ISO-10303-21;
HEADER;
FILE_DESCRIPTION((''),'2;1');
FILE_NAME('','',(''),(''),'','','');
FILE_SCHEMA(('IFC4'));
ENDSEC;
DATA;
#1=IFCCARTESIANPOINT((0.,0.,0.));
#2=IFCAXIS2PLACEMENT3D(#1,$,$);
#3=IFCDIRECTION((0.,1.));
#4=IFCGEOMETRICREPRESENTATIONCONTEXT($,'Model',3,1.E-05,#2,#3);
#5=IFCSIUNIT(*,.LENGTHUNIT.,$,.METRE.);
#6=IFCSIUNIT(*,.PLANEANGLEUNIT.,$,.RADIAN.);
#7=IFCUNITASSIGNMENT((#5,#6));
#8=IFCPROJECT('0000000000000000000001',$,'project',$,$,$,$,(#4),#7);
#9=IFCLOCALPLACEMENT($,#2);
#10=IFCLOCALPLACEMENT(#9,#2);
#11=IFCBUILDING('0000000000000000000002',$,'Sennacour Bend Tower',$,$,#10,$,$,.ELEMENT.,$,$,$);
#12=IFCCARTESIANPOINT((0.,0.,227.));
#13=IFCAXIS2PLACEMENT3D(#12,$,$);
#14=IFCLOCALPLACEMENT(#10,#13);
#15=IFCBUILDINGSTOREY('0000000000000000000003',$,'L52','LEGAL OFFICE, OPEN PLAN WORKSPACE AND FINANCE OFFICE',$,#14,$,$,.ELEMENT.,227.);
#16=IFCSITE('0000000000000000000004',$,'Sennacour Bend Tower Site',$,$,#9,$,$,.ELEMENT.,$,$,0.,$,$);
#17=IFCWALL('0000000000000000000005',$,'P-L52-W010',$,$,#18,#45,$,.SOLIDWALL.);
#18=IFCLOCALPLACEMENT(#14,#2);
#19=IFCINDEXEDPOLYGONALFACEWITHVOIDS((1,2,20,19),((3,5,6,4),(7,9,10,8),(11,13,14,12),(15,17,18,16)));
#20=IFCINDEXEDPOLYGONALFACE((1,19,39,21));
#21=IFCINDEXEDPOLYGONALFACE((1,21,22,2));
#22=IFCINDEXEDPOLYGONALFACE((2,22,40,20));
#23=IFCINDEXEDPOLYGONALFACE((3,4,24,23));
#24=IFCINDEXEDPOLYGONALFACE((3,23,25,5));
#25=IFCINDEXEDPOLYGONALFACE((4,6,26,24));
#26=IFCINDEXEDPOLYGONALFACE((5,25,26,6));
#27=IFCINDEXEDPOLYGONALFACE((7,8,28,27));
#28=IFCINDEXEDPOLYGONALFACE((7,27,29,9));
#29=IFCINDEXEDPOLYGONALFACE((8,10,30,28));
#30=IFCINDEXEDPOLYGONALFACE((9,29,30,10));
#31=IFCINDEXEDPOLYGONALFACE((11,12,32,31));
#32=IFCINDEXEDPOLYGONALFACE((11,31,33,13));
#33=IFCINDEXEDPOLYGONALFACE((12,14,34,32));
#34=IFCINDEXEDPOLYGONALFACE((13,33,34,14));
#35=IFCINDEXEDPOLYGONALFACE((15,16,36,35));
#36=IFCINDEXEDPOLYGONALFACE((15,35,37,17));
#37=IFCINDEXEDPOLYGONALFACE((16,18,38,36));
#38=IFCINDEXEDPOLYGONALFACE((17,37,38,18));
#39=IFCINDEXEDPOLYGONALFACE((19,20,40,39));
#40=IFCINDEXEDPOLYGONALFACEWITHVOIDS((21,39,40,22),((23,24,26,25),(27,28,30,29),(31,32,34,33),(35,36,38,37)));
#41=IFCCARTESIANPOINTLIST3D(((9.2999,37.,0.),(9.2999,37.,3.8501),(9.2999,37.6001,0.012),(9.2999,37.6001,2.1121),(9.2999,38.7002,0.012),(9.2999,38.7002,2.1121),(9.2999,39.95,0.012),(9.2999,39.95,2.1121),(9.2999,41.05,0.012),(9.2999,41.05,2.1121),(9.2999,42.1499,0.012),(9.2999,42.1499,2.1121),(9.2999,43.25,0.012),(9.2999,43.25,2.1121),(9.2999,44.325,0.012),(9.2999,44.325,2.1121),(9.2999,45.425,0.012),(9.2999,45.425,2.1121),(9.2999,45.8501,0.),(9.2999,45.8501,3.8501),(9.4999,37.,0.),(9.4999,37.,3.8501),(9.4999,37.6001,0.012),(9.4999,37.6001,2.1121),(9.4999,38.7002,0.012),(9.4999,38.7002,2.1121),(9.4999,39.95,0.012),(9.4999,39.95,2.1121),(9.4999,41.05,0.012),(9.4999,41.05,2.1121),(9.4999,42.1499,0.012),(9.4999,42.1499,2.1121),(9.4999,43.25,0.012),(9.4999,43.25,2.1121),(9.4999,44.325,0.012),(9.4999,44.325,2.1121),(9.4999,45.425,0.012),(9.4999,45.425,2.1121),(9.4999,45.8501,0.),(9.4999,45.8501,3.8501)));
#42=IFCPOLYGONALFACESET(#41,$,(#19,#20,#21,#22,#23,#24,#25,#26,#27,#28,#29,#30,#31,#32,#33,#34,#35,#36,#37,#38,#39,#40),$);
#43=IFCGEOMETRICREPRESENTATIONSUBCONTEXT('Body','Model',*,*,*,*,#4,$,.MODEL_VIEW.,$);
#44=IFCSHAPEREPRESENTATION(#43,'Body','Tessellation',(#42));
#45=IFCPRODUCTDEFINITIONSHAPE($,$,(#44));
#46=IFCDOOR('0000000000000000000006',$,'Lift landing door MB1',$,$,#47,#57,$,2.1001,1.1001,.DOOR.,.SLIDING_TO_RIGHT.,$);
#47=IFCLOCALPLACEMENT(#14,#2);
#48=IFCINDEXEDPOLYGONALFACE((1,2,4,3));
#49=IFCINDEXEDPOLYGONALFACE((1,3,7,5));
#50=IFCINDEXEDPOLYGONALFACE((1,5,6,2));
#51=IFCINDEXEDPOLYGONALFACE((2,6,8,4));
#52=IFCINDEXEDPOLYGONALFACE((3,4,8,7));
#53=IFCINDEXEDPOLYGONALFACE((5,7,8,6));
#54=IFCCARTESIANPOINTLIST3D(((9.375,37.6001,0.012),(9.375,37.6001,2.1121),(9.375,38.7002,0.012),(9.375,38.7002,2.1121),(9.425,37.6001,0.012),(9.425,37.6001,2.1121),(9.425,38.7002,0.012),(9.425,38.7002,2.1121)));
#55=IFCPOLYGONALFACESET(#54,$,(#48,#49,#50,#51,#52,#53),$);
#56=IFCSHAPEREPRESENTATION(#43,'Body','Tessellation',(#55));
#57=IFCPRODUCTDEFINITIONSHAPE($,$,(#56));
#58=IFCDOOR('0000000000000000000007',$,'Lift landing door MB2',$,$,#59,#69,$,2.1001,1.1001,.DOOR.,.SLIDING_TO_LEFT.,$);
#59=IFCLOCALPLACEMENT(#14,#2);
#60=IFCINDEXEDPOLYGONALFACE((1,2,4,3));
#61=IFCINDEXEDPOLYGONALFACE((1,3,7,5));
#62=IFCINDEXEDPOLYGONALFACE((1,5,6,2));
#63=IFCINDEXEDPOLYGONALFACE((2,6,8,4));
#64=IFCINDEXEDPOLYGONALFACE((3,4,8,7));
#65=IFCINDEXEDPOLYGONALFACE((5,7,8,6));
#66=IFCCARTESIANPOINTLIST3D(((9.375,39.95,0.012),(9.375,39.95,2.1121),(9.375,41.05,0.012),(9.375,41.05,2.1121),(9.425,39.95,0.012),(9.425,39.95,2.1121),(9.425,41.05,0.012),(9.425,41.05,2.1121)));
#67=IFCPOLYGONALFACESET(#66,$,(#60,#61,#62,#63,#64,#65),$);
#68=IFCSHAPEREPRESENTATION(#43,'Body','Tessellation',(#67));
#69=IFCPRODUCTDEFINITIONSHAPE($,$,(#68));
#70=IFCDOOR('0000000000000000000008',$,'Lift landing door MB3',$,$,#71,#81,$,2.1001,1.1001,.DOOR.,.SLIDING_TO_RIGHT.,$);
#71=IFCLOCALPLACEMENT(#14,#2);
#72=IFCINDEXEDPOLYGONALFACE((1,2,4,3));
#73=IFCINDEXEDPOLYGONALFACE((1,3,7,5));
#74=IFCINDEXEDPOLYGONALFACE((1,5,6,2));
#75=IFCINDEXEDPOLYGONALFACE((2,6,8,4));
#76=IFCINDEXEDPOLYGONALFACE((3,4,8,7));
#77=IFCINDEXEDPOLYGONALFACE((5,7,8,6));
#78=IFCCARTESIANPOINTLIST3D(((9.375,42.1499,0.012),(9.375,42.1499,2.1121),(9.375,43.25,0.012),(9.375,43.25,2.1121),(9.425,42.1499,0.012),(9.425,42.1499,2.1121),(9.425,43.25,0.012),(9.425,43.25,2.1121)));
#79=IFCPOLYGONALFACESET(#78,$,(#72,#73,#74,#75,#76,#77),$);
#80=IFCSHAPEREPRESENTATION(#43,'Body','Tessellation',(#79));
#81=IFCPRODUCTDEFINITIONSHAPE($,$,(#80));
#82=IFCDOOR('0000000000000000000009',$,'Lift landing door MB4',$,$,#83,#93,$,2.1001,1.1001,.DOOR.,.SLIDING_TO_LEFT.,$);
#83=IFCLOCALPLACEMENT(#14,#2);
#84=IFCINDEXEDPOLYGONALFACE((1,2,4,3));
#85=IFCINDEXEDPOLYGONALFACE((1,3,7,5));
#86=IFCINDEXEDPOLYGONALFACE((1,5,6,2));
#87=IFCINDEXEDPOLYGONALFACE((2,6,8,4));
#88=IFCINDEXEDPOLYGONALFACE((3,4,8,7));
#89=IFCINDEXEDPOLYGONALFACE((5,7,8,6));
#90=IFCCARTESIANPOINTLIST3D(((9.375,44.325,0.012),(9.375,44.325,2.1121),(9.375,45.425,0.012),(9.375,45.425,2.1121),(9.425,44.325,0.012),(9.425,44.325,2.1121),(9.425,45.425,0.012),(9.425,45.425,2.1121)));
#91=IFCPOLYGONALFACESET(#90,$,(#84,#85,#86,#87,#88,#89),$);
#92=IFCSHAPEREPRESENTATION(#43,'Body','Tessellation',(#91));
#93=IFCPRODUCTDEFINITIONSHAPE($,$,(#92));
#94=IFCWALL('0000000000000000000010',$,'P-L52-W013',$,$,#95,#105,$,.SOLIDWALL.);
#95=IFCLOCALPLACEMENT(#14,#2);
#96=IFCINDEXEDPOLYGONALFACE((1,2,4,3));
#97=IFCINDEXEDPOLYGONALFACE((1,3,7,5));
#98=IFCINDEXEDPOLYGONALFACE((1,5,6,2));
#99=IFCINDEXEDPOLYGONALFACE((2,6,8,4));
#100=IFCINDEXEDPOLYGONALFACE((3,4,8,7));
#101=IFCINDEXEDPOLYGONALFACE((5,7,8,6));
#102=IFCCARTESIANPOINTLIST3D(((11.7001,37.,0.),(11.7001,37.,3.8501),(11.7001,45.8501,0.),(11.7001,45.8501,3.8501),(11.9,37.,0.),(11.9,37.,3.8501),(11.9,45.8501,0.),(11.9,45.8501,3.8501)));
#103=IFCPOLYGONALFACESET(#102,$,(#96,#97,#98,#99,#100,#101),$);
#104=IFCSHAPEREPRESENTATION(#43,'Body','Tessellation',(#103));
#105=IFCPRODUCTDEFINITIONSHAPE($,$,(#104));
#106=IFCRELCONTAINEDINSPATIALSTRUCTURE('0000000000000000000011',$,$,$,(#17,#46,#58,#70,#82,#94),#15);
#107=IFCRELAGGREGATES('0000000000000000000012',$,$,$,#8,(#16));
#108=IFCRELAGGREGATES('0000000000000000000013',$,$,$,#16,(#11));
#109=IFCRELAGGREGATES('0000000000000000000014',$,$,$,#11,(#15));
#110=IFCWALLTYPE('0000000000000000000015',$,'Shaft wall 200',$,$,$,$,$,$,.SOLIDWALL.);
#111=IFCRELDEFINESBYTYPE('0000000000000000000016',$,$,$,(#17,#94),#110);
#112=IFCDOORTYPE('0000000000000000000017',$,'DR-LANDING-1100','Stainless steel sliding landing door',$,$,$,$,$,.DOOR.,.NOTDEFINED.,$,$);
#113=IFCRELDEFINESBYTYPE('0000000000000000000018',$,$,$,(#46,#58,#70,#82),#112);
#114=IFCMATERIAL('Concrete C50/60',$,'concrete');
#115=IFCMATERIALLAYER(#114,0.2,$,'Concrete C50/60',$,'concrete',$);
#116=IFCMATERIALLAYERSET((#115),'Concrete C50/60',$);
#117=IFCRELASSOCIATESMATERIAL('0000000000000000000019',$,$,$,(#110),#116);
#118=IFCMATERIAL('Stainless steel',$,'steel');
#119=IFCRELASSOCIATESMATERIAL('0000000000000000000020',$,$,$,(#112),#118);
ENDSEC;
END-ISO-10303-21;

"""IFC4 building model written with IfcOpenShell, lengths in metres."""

from ifc_helpers import new_model, si_unit, direction, frame, frame_2d, origin, place, context, subcontext, project, spatial, rectangle, extrude, material, layer, layer_set, type_object, element, fill, save


model = new_model("IFC4")

# Units and contexts
model_context = context("Model", 3, precision=1e-05, world=origin(), true_north=direction((0.0, 1.0)))
body_context = subcontext(model_context, "Body", "Model", "MODEL_VIEW")
ifc_project = project(units=[si_unit("LENGTHUNIT", "METRE"), si_unit("PLANEANGLEUNIT", "RADIAN")], contexts=[model_context])

# Site, building, storey
site_placement = place(None, origin())
site = spatial("IfcSite", under=ifc_project, at=site_placement, Name="Sennacour Bend Tower Site", CompositionType="ELEMENT", RefElevation=0.0)
building_placement = place(site_placement, origin())
building = spatial("IfcBuilding", under=site, at=building_placement, Name="Sennacour Bend Tower", CompositionType="ELEMENT")
storey_placement = place(building_placement, frame((0.0, 0.0, 227.0)))
storey = spatial("IfcBuildingStorey", under=building, at=storey_placement, Name="L52", Description="LEGAL OFFICE, OPEN PLAN WORKSPACE AND FINANCE OFFICE", CompositionType="ELEMENT", Elevation=227.0)

# Wall, openings, doors
ifc_material_1 = material(Name="Concrete C50/60", Category="concrete")
ifc_layer_1 = layer(ifc_material_1, 0.2, Name="Concrete C50/60", Category="concrete")
ifc_layer_set_1 = layer_set([ifc_layer_1], Name="Concrete C50/60")
wall_type_1 = type_object("IfcWallType", Name="Shaft wall 200", PredefinedType="SOLIDWALL", material=ifc_layer_set_1)
wall_1_placement = place(storey_placement, frame((9.3999, 37.0, 0.0), z_axis=(0.0, 0.0, 1.0), x_axis=(0.0, 1.0, 0.0)))
wall_1 = element("IfcWall", 1, at=wall_1_placement, inside=storey, type_object=wall_type_1, Name="P-L52-W010", PredefinedType="SOLIDWALL", context=body_context, shape_type="SweptSolid", body=[
    extrude(rectangle(XDim=8.8501, YDim=0.2, at=frame_2d((4.425, 0.0))), origin(), (0.0, 0.0, 1.0), 3.8501),
])
opening_1_placement = place(wall_1_placement, frame((0.6001, 0.0, 0.012)))
opening_1 = element("IfcOpeningElement", 2, at=opening_1_placement, cuts=wall_1, PredefinedType="OPENING", context=body_context, shape_type="SweptSolid", body=[
    extrude(rectangle(XDim=1.1001, YDim=2.1001, at=frame_2d((0.55, 1.05))), frame((0.0, 0.1099, 0.0), z_axis=(0.0, -1.0, 0.0), x_axis=(1.0, 0.0, 0.0)), (0.0, 0.0, 1.0), 0.22),
])
opening_2_placement = place(wall_1_placement, frame((2.95, 0.0, 0.012)))
opening_2 = element("IfcOpeningElement", 3, at=opening_2_placement, cuts=wall_1, PredefinedType="OPENING", context=body_context, shape_type="SweptSolid", body=[
    extrude(rectangle(XDim=1.1001, YDim=2.1001, at=frame_2d((0.55, 1.05))), frame((0.0, 0.1099, 0.0), z_axis=(0.0, -1.0, 0.0), x_axis=(1.0, 0.0, 0.0)), (0.0, 0.0, 1.0), 0.22),
])
opening_3_placement = place(wall_1_placement, frame((5.1499, 0.0, 0.012)))
opening_3 = element("IfcOpeningElement", 4, at=opening_3_placement, cuts=wall_1, PredefinedType="OPENING", context=body_context, shape_type="SweptSolid", body=[
    extrude(rectangle(XDim=1.1001, YDim=2.1001, at=frame_2d((0.55, 1.05))), frame((0.0, 0.1099, 0.0), z_axis=(0.0, -1.0, 0.0), x_axis=(1.0, 0.0, 0.0)), (0.0, 0.0, 1.0), 0.22),
])
opening_4_placement = place(wall_1_placement, frame((7.325, 0.0, 0.012)))
opening_4 = element("IfcOpeningElement", 5, at=opening_4_placement, cuts=wall_1, PredefinedType="OPENING", context=body_context, shape_type="SweptSolid", body=[
    extrude(rectangle(XDim=1.1001, YDim=2.1001, at=frame_2d((0.55, 1.05))), frame((0.0, 0.1099, 0.0), z_axis=(0.0, -1.0, 0.0), x_axis=(1.0, 0.0, 0.0)), (0.0, 0.0, 1.0), 0.22),
])
ifc_material_2 = material(Name="Stainless steel", Category="steel")
door_type_1 = type_object("IfcDoorType", Name="DR-LANDING-1100", Description="Stainless steel sliding landing door", OperationType="NOTDEFINED", PredefinedType="DOOR", material=ifc_material_2)
door_1_placement = place(opening_1_placement, origin())
door_1 = element("IfcDoor", 6, at=door_1_placement, inside=storey, type_object=door_type_1, Name="Lift landing door MB1", OperationType="SLIDING_TO_RIGHT", OverallHeight=2.1001, OverallWidth=1.1001, PredefinedType="DOOR", context=body_context, shape_type="SweptSolid", body=[
    extrude(rectangle(XDim=1.1001, YDim=2.1001, at=frame_2d((0.55, 1.05))), frame((0.0, 0.0249, 0.0), z_axis=(0.0, -1.0, 0.0), x_axis=(1.0, 0.0, 0.0)), (0.0, 0.0, 1.0), 0.05),
])
fill(opening_1, door_1)
door_2_placement = place(opening_2_placement, origin())
door_2 = element("IfcDoor", 7, at=door_2_placement, inside=storey, type_object=door_type_1, Name="Lift landing door MB2", OperationType="SLIDING_TO_LEFT", OverallHeight=2.1001, OverallWidth=1.1001, PredefinedType="DOOR", context=body_context, shape_type="SweptSolid", body=[
    extrude(rectangle(XDim=1.1001, YDim=2.1001, at=frame_2d((0.55, 1.05))), frame((0.0, 0.0249, 0.0), z_axis=(0.0, -1.0, 0.0), x_axis=(1.0, 0.0, 0.0)), (0.0, 0.0, 1.0), 0.05),
])
fill(opening_2, door_2)
door_3_placement = place(opening_3_placement, origin())
door_3 = element("IfcDoor", 8, at=door_3_placement, inside=storey, type_object=door_type_1, Name="Lift landing door MB3", OperationType="SLIDING_TO_RIGHT", OverallHeight=2.1001, OverallWidth=1.1001, PredefinedType="DOOR", context=body_context, shape_type="SweptSolid", body=[
    extrude(rectangle(XDim=1.1001, YDim=2.1001, at=frame_2d((0.55, 1.05))), frame((0.0, 0.0249, 0.0), z_axis=(0.0, -1.0, 0.0), x_axis=(1.0, 0.0, 0.0)), (0.0, 0.0, 1.0), 0.05),
])
fill(opening_3, door_3)
door_4_placement = place(opening_4_placement, origin())
door_4 = element("IfcDoor", 9, at=door_4_placement, inside=storey, type_object=door_type_1, Name="Lift landing door MB4", OperationType="SLIDING_TO_LEFT", OverallHeight=2.1001, OverallWidth=1.1001, PredefinedType="DOOR", context=body_context, shape_type="SweptSolid", body=[
    extrude(rectangle(XDim=1.1001, YDim=2.1001, at=frame_2d((0.55, 1.05))), frame((0.0, 0.0249, 0.0), z_axis=(0.0, -1.0, 0.0), x_axis=(1.0, 0.0, 0.0)), (0.0, 0.0, 1.0), 0.05),
])
fill(opening_4, door_4)

# Wall
wall_2_placement = place(storey_placement, frame((11.8, 37.0, 0.0), z_axis=(0.0, 0.0, 1.0), x_axis=(0.0, 1.0, 0.0)))
element("IfcWall", 10, at=wall_2_placement, inside=storey, type_object=wall_type_1, Name="P-L52-W013", PredefinedType="SOLIDWALL", context=body_context, shape_type="SweptSolid", body=[
    extrude(rectangle(XDim=8.8501, YDim=0.2, at=frame_2d((4.425, 0.0))), origin(), (0.0, 0.0, 1.0), 3.8501),
])

save(model, "model.ifc")
